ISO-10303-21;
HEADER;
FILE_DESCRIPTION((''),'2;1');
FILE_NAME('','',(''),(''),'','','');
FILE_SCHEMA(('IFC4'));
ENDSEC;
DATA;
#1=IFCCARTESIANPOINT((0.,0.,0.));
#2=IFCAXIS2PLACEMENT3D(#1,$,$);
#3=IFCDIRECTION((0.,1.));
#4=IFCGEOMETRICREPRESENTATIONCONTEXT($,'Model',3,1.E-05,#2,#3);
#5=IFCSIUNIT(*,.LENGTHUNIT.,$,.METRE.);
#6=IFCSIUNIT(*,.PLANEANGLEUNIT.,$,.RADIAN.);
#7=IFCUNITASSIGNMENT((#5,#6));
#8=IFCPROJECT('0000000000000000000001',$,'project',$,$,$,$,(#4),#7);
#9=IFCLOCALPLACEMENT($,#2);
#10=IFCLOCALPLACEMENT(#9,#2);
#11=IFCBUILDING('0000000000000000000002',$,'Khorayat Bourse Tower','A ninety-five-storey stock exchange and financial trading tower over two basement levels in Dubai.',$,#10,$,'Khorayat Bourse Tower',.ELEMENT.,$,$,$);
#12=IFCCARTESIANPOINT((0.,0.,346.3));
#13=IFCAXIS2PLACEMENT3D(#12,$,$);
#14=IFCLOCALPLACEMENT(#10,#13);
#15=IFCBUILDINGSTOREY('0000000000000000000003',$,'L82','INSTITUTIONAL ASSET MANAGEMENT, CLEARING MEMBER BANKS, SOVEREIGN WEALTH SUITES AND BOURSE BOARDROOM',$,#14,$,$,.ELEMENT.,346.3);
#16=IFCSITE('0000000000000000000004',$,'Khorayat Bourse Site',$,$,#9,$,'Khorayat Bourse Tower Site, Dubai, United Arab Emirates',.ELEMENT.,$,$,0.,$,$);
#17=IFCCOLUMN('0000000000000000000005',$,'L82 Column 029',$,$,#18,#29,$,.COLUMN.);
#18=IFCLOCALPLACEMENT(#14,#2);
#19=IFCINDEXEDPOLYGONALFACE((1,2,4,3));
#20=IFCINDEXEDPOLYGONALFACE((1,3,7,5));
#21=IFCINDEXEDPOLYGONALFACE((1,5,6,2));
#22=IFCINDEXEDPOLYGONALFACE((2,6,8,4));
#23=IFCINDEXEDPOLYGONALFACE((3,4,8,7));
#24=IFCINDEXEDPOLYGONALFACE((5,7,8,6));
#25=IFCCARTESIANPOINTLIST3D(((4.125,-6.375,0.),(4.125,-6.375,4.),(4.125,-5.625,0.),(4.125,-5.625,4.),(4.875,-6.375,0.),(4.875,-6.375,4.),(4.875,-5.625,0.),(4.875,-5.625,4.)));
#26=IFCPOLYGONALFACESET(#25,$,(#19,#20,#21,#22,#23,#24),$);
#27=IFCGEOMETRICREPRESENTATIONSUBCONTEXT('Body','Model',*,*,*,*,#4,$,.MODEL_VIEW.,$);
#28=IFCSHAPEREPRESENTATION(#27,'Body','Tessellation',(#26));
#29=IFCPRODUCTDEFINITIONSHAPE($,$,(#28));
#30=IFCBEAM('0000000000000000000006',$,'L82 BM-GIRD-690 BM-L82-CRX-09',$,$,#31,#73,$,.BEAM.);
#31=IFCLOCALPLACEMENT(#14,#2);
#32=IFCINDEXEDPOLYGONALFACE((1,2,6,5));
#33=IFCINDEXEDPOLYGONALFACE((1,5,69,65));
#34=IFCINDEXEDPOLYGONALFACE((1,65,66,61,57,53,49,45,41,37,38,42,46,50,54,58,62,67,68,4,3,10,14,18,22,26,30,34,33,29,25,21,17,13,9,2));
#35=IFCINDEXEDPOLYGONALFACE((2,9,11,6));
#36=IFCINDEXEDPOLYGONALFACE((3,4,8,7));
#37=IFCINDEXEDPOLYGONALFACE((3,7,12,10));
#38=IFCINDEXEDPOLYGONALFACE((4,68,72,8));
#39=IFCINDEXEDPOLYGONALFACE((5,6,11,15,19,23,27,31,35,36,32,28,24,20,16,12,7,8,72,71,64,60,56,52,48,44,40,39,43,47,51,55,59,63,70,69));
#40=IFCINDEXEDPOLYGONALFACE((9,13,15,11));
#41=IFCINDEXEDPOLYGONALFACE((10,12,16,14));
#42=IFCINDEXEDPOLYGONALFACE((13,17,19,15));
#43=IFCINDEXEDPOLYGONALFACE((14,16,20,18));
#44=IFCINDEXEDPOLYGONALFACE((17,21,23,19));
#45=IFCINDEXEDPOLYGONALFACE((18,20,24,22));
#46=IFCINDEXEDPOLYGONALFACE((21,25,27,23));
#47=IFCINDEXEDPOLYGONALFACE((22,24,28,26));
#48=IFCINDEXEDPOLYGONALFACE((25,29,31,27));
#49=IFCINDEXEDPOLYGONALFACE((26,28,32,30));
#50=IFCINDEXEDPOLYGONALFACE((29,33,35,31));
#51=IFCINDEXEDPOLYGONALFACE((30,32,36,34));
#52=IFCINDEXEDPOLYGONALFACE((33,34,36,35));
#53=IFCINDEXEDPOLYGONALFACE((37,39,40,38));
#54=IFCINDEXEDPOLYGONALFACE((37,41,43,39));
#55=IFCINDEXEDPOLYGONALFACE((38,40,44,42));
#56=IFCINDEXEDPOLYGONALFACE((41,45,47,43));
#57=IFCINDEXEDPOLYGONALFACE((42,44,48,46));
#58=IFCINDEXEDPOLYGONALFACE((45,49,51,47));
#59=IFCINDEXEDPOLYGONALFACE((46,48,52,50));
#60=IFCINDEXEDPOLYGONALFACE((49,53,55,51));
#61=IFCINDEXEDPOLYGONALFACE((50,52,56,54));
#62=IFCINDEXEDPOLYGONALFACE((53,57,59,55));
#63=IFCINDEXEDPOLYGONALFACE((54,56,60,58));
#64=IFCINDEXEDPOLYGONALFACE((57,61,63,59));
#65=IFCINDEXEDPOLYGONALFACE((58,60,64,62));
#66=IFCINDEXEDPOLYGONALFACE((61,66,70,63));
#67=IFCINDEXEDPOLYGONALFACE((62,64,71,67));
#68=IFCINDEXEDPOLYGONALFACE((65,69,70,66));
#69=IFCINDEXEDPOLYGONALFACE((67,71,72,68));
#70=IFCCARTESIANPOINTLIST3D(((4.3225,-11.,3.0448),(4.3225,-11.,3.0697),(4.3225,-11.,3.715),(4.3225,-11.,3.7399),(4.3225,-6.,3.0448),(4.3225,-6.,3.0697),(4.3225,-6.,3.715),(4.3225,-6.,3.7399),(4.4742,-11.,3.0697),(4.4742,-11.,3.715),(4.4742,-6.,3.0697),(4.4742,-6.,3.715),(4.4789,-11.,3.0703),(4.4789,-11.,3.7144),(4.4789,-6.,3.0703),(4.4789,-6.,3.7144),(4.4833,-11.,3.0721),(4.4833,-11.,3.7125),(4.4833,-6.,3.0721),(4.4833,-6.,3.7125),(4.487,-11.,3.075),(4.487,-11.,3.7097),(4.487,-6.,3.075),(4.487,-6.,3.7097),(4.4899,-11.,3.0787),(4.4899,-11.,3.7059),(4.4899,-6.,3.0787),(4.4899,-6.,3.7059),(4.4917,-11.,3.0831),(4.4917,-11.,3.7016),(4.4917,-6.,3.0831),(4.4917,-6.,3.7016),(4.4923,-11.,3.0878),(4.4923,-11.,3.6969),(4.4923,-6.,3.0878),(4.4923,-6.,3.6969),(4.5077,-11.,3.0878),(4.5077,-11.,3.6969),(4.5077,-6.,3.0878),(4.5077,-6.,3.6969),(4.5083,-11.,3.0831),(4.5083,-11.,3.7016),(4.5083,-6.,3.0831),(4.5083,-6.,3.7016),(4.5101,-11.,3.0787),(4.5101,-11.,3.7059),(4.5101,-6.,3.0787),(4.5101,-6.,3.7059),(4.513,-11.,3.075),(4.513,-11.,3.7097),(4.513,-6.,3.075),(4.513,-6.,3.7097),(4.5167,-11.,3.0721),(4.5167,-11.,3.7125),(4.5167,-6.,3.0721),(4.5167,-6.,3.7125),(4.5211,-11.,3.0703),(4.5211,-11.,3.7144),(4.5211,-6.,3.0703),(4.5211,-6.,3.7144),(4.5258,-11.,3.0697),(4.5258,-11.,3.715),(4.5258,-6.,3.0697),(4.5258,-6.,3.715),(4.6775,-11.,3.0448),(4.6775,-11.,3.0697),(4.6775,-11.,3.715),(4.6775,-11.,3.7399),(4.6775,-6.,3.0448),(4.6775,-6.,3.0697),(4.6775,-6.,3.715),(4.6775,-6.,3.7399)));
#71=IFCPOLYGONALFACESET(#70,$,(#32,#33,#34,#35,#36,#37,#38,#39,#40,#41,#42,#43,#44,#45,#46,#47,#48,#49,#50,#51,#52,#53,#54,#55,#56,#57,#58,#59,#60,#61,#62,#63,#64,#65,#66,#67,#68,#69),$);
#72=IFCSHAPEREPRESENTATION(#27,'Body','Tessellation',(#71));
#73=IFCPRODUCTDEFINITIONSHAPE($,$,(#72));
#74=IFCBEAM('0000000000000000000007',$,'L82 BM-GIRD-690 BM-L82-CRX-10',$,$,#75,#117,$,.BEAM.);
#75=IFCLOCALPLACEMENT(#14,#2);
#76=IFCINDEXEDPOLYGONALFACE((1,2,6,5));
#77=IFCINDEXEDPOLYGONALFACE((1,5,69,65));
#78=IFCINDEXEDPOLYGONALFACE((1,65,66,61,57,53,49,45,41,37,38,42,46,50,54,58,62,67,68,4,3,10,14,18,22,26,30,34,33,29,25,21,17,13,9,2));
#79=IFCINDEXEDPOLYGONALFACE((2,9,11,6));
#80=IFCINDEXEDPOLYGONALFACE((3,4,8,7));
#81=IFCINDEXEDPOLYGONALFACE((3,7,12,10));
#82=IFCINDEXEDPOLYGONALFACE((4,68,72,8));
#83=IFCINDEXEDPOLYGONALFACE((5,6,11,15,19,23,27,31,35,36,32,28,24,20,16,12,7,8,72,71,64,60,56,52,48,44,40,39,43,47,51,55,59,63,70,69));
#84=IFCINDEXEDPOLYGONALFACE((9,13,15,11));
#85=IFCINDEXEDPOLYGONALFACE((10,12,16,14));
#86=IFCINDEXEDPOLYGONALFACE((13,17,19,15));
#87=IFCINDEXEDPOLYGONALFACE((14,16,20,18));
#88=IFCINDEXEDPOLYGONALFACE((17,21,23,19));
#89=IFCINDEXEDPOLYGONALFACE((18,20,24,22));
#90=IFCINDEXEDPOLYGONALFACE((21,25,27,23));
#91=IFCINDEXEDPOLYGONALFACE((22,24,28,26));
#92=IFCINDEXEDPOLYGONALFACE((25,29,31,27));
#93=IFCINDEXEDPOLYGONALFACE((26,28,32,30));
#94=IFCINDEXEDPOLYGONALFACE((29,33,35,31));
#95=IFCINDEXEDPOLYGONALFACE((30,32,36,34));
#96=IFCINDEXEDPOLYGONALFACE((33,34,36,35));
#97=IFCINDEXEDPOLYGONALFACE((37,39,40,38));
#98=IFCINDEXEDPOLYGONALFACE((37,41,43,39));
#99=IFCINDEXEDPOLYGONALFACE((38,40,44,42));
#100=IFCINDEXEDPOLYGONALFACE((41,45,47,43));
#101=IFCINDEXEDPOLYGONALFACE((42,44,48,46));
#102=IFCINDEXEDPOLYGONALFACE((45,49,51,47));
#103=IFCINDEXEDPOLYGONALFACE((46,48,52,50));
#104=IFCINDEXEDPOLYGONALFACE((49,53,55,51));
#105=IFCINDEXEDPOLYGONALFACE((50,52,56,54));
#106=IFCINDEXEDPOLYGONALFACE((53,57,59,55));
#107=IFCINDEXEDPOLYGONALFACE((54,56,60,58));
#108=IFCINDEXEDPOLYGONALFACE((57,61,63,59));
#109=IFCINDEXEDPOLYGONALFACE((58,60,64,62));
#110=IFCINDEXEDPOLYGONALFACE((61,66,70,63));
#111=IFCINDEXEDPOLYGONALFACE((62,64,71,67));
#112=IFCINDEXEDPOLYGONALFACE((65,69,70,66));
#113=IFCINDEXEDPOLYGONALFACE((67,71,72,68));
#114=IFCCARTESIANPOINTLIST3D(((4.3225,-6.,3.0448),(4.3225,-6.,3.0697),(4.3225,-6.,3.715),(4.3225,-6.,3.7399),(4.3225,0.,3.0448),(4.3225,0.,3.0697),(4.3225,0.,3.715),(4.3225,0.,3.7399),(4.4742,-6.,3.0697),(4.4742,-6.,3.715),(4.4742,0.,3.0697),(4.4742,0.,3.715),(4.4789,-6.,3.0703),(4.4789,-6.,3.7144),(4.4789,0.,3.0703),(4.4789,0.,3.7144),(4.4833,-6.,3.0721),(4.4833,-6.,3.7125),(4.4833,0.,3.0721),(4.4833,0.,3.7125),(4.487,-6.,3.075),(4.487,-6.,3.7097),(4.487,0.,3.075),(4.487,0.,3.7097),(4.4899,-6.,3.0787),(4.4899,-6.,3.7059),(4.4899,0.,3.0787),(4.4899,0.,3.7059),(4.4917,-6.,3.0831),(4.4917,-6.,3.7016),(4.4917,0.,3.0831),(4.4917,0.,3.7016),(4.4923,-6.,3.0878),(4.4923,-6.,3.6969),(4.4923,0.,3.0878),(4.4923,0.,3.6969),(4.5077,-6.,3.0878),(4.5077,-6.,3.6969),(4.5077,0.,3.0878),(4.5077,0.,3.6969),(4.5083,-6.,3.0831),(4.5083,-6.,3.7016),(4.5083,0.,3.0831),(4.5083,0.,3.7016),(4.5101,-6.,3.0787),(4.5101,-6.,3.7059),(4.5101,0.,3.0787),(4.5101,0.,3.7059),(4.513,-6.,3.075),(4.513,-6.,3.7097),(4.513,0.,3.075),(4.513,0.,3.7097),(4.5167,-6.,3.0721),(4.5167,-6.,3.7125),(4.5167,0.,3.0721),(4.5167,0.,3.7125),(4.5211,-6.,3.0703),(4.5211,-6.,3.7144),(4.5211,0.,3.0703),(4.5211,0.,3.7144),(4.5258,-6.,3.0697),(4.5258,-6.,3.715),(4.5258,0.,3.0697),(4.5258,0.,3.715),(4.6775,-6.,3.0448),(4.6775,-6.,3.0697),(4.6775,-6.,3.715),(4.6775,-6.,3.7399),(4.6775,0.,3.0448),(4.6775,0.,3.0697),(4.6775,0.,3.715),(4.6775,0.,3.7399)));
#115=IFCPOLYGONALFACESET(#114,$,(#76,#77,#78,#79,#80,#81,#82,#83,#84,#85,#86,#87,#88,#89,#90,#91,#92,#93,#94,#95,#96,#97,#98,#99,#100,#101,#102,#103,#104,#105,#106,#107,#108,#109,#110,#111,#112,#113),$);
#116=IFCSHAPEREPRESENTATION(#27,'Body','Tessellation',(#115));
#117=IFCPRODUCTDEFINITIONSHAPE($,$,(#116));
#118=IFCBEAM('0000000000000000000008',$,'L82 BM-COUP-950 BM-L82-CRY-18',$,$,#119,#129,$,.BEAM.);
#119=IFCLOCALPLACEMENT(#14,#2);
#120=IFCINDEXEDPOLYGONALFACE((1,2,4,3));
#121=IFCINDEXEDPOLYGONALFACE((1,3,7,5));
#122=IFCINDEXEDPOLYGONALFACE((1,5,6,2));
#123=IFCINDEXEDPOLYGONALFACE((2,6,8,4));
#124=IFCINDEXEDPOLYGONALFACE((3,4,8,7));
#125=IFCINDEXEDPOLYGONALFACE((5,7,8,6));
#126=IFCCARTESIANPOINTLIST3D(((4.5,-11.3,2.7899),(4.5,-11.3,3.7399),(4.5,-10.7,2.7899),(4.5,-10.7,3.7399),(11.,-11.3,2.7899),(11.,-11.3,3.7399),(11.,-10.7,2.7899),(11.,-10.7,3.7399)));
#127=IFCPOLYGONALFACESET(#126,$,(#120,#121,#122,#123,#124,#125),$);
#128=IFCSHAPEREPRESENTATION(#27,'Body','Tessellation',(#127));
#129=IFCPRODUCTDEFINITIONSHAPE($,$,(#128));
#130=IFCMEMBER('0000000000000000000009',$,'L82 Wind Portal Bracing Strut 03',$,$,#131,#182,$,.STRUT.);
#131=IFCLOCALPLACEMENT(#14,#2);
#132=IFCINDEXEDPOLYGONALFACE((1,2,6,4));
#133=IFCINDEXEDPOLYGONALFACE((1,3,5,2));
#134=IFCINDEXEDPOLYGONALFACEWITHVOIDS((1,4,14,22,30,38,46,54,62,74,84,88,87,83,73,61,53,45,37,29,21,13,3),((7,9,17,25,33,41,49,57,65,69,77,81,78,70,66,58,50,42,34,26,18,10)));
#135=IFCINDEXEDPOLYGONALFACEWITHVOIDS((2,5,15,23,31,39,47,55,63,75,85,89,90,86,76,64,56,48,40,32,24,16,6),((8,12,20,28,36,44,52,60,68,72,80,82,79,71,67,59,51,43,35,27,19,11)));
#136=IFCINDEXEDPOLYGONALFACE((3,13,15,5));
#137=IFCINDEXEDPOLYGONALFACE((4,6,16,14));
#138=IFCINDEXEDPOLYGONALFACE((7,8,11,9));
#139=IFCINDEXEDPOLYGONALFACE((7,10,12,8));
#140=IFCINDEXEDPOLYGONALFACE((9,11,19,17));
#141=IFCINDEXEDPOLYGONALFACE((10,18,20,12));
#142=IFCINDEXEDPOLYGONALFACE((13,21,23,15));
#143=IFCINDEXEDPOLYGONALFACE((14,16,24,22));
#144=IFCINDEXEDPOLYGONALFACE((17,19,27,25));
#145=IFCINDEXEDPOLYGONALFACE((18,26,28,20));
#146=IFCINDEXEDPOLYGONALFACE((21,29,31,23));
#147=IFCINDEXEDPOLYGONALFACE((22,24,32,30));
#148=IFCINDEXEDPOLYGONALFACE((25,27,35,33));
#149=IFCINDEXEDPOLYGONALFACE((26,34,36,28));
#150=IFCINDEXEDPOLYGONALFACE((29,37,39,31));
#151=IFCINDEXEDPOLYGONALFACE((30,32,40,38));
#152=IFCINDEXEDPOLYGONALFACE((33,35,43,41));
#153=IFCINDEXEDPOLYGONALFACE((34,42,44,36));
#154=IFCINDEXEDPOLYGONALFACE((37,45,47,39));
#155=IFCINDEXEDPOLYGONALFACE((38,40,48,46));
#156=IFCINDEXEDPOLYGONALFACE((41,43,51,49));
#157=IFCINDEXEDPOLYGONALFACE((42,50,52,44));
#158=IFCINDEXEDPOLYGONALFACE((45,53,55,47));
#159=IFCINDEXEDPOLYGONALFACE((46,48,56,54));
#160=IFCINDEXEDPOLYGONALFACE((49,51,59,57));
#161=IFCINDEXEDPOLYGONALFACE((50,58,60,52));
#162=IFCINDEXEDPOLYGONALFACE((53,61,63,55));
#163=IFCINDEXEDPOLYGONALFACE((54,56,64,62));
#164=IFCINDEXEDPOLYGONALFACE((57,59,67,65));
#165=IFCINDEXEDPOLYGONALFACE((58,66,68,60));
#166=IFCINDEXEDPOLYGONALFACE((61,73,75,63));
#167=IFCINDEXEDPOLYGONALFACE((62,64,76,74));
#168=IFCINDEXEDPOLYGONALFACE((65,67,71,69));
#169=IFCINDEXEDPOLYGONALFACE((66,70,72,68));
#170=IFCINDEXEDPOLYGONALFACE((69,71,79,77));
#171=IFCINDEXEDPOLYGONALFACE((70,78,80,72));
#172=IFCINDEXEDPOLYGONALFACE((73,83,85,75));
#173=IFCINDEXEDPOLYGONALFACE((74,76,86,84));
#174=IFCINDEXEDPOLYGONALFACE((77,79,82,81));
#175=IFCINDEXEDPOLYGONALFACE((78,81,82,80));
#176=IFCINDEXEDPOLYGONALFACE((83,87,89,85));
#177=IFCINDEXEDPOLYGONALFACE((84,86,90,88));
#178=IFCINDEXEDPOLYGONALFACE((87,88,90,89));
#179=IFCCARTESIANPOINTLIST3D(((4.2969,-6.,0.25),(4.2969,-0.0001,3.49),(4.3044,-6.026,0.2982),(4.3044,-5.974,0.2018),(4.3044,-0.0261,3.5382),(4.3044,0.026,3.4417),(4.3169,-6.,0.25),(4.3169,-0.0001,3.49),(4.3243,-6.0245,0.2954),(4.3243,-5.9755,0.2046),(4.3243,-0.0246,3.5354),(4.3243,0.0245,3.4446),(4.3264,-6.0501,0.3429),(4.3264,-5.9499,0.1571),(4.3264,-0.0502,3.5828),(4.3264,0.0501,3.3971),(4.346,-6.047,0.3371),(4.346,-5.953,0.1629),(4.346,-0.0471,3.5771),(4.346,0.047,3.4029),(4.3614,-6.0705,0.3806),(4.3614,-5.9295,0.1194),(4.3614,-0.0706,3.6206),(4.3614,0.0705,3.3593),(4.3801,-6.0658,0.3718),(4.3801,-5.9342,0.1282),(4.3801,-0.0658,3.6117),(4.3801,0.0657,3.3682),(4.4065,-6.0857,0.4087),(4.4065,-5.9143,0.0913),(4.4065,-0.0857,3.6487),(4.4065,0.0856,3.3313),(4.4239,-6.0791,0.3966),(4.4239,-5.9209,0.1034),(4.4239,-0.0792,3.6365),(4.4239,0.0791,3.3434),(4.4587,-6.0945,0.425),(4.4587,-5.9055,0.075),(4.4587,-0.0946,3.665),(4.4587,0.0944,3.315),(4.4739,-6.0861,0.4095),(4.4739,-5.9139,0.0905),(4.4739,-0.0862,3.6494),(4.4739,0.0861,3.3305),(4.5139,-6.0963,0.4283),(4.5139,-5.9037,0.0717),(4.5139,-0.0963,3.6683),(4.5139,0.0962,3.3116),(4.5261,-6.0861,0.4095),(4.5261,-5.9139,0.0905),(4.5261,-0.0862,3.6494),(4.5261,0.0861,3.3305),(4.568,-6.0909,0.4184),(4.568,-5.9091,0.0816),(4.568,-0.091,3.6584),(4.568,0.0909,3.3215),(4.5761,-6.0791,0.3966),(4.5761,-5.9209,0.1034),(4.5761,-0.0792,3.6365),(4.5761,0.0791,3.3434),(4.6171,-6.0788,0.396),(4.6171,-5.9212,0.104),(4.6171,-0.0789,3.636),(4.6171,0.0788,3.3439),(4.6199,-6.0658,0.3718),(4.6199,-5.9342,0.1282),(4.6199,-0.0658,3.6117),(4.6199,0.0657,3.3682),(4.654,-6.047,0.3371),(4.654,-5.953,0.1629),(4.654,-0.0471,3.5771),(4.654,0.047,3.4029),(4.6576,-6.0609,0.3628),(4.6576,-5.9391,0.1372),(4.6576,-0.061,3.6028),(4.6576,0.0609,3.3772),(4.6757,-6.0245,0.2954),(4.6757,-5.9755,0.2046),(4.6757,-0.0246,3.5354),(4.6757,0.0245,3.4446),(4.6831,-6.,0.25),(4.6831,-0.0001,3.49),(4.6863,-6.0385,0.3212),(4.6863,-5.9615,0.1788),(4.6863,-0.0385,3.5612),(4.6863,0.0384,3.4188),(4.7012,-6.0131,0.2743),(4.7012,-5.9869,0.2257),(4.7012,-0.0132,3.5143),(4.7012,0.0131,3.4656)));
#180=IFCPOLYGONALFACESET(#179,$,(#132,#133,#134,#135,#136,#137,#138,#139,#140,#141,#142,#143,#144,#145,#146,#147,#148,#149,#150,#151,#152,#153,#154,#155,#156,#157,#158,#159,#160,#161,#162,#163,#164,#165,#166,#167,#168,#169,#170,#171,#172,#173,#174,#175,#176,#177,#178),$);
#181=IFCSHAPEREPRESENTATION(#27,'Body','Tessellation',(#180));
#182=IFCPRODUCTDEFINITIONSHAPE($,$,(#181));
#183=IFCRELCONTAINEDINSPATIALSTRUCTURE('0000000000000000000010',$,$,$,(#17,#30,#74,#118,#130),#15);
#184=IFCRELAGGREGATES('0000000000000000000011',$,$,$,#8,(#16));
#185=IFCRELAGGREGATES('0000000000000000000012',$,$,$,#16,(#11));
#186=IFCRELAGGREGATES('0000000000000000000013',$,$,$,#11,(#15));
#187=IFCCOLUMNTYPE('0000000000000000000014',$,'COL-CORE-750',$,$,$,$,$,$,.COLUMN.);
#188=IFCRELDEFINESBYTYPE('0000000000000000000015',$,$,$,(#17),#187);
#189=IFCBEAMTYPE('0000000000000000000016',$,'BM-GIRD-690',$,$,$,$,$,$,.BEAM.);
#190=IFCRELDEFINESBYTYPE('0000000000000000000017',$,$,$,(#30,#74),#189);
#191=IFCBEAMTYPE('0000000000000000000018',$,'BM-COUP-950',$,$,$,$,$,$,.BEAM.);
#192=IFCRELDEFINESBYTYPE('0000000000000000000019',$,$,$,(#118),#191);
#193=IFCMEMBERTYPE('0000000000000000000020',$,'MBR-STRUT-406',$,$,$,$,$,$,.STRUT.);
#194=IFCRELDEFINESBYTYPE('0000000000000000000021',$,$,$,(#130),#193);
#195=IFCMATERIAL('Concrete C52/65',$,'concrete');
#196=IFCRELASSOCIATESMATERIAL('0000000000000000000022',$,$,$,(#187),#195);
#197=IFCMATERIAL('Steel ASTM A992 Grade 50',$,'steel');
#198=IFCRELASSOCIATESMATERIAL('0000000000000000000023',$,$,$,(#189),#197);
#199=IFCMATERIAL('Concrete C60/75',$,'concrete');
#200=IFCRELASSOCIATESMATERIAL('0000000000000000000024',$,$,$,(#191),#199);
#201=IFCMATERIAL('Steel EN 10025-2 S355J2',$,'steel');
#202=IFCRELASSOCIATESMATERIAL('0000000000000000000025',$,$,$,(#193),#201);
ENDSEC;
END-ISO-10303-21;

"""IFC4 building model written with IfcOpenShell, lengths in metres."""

from ifc_helpers import new_model, si_unit, direction, frame, origin, origin_2d, place, context, subcontext, project, spatial, rectangle, hollow_circle, i_section, extrude, source, transform, mapped, material, material_profile, profile_set, type_object, element, save


model = new_model("IFC4")

# Units and contexts
model_context = context("Model", 3, precision=1e-05, world=origin(), true_north=direction((0.0, 1.0)))
body_context = subcontext(model_context, "Body", "Model", "MODEL_VIEW")
ifc_project = project(units=[si_unit("LENGTHUNIT", "METRE"), si_unit("PLANEANGLEUNIT", "RADIAN")], contexts=[model_context])

# Site, building, storey
site_placement = place(None, origin())
site = spatial("IfcSite", under=ifc_project, at=site_placement, Name="Khorayat Bourse Site", LongName="Khorayat Bourse Tower Site, Dubai, United Arab Emirates", CompositionType="ELEMENT", RefElevation=0.0)
building_placement = place(site_placement, origin())
building = spatial("IfcBuilding", under=site, at=building_placement, Name="Khorayat Bourse Tower", Description="A ninety-five-storey stock exchange and financial trading tower over two basement levels in Dubai.", LongName="Khorayat Bourse Tower", CompositionType="ELEMENT")
storey_placement = place(building_placement, frame((0.0, 0.0, 346.3)))
storey = spatial("IfcBuildingStorey", under=building, at=storey_placement, Name="L82", Description="INSTITUTIONAL ASSET MANAGEMENT, CLEARING MEMBER BANKS, SOVEREIGN WEALTH SUITES AND BOURSE BOARDROOM", CompositionType="ELEMENT", Elevation=346.3)

# Column
ifc_material_1 = material(Name="Concrete C52/65", Category="concrete")
ifc_material_profile_1 = material_profile(ifc_material_1, rectangle(XDim=0.75, YDim=0.75, at=origin_2d()), Name="RC 750x750")
ifc_profile_set_1 = profile_set([ifc_material_profile_1], Name="Concrete C52/65")
column_type = type_object("IfcColumnType", Name="COL-CORE-750", PredefinedType="COLUMN", material=ifc_profile_set_1)
shared_shape_1 = source(origin(), body_context, "Body", "SweptSolid", [
    extrude(rectangle(XDim=0.75, YDim=0.75, at=origin_2d()), origin(), (0.0, 0.0, 1.0), 4.0),
])
column_placement = place(storey_placement, frame((4.5, -6.0, 0.0), z_axis=(0.0, 0.0, 1.0), x_axis=(1.0, 0.0, 0.0)))
element("IfcColumn", 1, at=column_placement, inside=storey, type_object=column_type, Name="L82 Column 029", PredefinedType="COLUMN", context=body_context, shape_type="MappedRepresentation", body=[
    mapped(shared_shape_1, transform((0.0, 0.0, 0.0), scale=1.0)),
])

# Beams
ifc_material_2 = material(Name="Steel ASTM A992 Grade 50", Category="steel")
ifc_material_profile_2 = material_profile(ifc_material_2, i_section(OverallWidth=0.355, OverallDepth=0.6951, WebThickness=0.0154, FlangeThickness=0.0249, FilletRadius=0.0181, at=origin_2d()), Name="W690X217")
ifc_profile_set_2 = profile_set([ifc_material_profile_2], Name="Steel ASTM A992 Grade 50")
beam_type_1 = type_object("IfcBeamType", Name="BM-GIRD-690", PredefinedType="BEAM", material=ifc_profile_set_2)
shared_shape_2 = source(origin(), body_context, "Body", "SweptSolid", [
    extrude(i_section(OverallWidth=0.355, OverallDepth=0.6951, WebThickness=0.0154, FlangeThickness=0.0249, FilletRadius=0.0181, at=origin_2d()), origin(), (0.0, 0.0, 1.0), 5.0),
])
beam_1_placement = place(storey_placement, frame((4.5, -11.0, 3.3923), z_axis=(0.0, 1.0, 0.0), x_axis=(-1.0, 0.0, 0.0)))
element("IfcBeam", 2, at=beam_1_placement, inside=storey, type_object=beam_type_1, Name="L82 BM-GIRD-690 BM-L82-CRX-09", PredefinedType="BEAM", context=body_context, shape_type="MappedRepresentation", body=[
    mapped(shared_shape_2, transform((0.0, 0.0, 0.0), scale=1.0)),
])
shared_shape_3 = source(origin(), body_context, "Body", "SweptSolid", [
    extrude(i_section(OverallWidth=0.355, OverallDepth=0.6951, WebThickness=0.0154, FlangeThickness=0.0249, FilletRadius=0.0181, at=origin_2d()), origin(), (0.0, 0.0, 1.0), 6.0),
])
beam_2_placement = place(storey_placement, frame((4.5, -6.0, 3.3923), z_axis=(0.0, 1.0, 0.0), x_axis=(-1.0, 0.0, 0.0)))
element("IfcBeam", 3, at=beam_2_placement, inside=storey, type_object=beam_type_1, Name="L82 BM-GIRD-690 BM-L82-CRX-10", PredefinedType="BEAM", context=body_context, shape_type="MappedRepresentation", body=[
    mapped(shared_shape_3, transform((0.0, 0.0, 0.0), scale=1.0)),
])
ifc_material_3 = material(Name="Concrete C60/75", Category="concrete")
ifc_material_profile_3 = material_profile(ifc_material_3, rectangle(XDim=0.6001, YDim=0.95, at=origin_2d()), Name="RC 600x950")
ifc_profile_set_3 = profile_set([ifc_material_profile_3], Name="Concrete C60/75")
beam_type_2 = type_object("IfcBeamType", Name="BM-COUP-950", PredefinedType="BEAM", material=ifc_profile_set_3)
shared_shape_4 = source(origin(), body_context, "Body", "SweptSolid", [
    extrude(rectangle(XDim=0.6001, YDim=0.95, at=origin_2d()), origin(), (0.0, 0.0, 1.0), 6.5),
])
beam_3_placement = place(storey_placement, frame((4.5, -11.0, 3.2649), z_axis=(1.0, 0.0, 0.0), x_axis=(0.0, 1.0, 0.0)))
element("IfcBeam", 4, at=beam_3_placement, inside=storey, type_object=beam_type_2, Name="L82 BM-COUP-950 BM-L82-CRY-18", PredefinedType="BEAM", context=body_context, shape_type="MappedRepresentation", body=[
    mapped(shared_shape_4, transform((0.0, 0.0, 0.0), scale=1.0)),
])

# Member
ifc_material_4 = material(Name="Steel EN 10025-2 S355J2", Category="steel")
ifc_material_profile_4 = material_profile(ifc_material_4, hollow_circle(Radius=0.2031, WallThickness=0.02, at=origin_2d()), Name="CHS 406x20")
ifc_profile_set_4 = profile_set([ifc_material_profile_4], Name="Steel EN 10025-2 S355J2")
member_type = type_object("IfcMemberType", Name="MBR-STRUT-406", PredefinedType="STRUT", material=ifc_profile_set_4)
shared_shape_5 = source(origin(), body_context, "Body", "SweptSolid", [
    extrude(hollow_circle(Radius=0.2031, WallThickness=0.02, at=origin_2d()), origin(), (0.0, 0.0, 1.0), 6.8188),
])
member_placement = place(storey_placement, frame((4.5, -6.0, 0.25), z_axis=(0.0, 0.879906, 0.475148), x_axis=(-1.0, 0.0, 0.0)))
element("IfcMember", 5, at=member_placement, inside=storey, type_object=member_type, Name="L82 Wind Portal Bracing Strut 03", PredefinedType="STRUT", context=body_context, shape_type="MappedRepresentation", body=[
    mapped(shared_shape_5, transform((0.0, 0.0, 0.0), scale=1.0)),
])

save(model, "model.ifc")
